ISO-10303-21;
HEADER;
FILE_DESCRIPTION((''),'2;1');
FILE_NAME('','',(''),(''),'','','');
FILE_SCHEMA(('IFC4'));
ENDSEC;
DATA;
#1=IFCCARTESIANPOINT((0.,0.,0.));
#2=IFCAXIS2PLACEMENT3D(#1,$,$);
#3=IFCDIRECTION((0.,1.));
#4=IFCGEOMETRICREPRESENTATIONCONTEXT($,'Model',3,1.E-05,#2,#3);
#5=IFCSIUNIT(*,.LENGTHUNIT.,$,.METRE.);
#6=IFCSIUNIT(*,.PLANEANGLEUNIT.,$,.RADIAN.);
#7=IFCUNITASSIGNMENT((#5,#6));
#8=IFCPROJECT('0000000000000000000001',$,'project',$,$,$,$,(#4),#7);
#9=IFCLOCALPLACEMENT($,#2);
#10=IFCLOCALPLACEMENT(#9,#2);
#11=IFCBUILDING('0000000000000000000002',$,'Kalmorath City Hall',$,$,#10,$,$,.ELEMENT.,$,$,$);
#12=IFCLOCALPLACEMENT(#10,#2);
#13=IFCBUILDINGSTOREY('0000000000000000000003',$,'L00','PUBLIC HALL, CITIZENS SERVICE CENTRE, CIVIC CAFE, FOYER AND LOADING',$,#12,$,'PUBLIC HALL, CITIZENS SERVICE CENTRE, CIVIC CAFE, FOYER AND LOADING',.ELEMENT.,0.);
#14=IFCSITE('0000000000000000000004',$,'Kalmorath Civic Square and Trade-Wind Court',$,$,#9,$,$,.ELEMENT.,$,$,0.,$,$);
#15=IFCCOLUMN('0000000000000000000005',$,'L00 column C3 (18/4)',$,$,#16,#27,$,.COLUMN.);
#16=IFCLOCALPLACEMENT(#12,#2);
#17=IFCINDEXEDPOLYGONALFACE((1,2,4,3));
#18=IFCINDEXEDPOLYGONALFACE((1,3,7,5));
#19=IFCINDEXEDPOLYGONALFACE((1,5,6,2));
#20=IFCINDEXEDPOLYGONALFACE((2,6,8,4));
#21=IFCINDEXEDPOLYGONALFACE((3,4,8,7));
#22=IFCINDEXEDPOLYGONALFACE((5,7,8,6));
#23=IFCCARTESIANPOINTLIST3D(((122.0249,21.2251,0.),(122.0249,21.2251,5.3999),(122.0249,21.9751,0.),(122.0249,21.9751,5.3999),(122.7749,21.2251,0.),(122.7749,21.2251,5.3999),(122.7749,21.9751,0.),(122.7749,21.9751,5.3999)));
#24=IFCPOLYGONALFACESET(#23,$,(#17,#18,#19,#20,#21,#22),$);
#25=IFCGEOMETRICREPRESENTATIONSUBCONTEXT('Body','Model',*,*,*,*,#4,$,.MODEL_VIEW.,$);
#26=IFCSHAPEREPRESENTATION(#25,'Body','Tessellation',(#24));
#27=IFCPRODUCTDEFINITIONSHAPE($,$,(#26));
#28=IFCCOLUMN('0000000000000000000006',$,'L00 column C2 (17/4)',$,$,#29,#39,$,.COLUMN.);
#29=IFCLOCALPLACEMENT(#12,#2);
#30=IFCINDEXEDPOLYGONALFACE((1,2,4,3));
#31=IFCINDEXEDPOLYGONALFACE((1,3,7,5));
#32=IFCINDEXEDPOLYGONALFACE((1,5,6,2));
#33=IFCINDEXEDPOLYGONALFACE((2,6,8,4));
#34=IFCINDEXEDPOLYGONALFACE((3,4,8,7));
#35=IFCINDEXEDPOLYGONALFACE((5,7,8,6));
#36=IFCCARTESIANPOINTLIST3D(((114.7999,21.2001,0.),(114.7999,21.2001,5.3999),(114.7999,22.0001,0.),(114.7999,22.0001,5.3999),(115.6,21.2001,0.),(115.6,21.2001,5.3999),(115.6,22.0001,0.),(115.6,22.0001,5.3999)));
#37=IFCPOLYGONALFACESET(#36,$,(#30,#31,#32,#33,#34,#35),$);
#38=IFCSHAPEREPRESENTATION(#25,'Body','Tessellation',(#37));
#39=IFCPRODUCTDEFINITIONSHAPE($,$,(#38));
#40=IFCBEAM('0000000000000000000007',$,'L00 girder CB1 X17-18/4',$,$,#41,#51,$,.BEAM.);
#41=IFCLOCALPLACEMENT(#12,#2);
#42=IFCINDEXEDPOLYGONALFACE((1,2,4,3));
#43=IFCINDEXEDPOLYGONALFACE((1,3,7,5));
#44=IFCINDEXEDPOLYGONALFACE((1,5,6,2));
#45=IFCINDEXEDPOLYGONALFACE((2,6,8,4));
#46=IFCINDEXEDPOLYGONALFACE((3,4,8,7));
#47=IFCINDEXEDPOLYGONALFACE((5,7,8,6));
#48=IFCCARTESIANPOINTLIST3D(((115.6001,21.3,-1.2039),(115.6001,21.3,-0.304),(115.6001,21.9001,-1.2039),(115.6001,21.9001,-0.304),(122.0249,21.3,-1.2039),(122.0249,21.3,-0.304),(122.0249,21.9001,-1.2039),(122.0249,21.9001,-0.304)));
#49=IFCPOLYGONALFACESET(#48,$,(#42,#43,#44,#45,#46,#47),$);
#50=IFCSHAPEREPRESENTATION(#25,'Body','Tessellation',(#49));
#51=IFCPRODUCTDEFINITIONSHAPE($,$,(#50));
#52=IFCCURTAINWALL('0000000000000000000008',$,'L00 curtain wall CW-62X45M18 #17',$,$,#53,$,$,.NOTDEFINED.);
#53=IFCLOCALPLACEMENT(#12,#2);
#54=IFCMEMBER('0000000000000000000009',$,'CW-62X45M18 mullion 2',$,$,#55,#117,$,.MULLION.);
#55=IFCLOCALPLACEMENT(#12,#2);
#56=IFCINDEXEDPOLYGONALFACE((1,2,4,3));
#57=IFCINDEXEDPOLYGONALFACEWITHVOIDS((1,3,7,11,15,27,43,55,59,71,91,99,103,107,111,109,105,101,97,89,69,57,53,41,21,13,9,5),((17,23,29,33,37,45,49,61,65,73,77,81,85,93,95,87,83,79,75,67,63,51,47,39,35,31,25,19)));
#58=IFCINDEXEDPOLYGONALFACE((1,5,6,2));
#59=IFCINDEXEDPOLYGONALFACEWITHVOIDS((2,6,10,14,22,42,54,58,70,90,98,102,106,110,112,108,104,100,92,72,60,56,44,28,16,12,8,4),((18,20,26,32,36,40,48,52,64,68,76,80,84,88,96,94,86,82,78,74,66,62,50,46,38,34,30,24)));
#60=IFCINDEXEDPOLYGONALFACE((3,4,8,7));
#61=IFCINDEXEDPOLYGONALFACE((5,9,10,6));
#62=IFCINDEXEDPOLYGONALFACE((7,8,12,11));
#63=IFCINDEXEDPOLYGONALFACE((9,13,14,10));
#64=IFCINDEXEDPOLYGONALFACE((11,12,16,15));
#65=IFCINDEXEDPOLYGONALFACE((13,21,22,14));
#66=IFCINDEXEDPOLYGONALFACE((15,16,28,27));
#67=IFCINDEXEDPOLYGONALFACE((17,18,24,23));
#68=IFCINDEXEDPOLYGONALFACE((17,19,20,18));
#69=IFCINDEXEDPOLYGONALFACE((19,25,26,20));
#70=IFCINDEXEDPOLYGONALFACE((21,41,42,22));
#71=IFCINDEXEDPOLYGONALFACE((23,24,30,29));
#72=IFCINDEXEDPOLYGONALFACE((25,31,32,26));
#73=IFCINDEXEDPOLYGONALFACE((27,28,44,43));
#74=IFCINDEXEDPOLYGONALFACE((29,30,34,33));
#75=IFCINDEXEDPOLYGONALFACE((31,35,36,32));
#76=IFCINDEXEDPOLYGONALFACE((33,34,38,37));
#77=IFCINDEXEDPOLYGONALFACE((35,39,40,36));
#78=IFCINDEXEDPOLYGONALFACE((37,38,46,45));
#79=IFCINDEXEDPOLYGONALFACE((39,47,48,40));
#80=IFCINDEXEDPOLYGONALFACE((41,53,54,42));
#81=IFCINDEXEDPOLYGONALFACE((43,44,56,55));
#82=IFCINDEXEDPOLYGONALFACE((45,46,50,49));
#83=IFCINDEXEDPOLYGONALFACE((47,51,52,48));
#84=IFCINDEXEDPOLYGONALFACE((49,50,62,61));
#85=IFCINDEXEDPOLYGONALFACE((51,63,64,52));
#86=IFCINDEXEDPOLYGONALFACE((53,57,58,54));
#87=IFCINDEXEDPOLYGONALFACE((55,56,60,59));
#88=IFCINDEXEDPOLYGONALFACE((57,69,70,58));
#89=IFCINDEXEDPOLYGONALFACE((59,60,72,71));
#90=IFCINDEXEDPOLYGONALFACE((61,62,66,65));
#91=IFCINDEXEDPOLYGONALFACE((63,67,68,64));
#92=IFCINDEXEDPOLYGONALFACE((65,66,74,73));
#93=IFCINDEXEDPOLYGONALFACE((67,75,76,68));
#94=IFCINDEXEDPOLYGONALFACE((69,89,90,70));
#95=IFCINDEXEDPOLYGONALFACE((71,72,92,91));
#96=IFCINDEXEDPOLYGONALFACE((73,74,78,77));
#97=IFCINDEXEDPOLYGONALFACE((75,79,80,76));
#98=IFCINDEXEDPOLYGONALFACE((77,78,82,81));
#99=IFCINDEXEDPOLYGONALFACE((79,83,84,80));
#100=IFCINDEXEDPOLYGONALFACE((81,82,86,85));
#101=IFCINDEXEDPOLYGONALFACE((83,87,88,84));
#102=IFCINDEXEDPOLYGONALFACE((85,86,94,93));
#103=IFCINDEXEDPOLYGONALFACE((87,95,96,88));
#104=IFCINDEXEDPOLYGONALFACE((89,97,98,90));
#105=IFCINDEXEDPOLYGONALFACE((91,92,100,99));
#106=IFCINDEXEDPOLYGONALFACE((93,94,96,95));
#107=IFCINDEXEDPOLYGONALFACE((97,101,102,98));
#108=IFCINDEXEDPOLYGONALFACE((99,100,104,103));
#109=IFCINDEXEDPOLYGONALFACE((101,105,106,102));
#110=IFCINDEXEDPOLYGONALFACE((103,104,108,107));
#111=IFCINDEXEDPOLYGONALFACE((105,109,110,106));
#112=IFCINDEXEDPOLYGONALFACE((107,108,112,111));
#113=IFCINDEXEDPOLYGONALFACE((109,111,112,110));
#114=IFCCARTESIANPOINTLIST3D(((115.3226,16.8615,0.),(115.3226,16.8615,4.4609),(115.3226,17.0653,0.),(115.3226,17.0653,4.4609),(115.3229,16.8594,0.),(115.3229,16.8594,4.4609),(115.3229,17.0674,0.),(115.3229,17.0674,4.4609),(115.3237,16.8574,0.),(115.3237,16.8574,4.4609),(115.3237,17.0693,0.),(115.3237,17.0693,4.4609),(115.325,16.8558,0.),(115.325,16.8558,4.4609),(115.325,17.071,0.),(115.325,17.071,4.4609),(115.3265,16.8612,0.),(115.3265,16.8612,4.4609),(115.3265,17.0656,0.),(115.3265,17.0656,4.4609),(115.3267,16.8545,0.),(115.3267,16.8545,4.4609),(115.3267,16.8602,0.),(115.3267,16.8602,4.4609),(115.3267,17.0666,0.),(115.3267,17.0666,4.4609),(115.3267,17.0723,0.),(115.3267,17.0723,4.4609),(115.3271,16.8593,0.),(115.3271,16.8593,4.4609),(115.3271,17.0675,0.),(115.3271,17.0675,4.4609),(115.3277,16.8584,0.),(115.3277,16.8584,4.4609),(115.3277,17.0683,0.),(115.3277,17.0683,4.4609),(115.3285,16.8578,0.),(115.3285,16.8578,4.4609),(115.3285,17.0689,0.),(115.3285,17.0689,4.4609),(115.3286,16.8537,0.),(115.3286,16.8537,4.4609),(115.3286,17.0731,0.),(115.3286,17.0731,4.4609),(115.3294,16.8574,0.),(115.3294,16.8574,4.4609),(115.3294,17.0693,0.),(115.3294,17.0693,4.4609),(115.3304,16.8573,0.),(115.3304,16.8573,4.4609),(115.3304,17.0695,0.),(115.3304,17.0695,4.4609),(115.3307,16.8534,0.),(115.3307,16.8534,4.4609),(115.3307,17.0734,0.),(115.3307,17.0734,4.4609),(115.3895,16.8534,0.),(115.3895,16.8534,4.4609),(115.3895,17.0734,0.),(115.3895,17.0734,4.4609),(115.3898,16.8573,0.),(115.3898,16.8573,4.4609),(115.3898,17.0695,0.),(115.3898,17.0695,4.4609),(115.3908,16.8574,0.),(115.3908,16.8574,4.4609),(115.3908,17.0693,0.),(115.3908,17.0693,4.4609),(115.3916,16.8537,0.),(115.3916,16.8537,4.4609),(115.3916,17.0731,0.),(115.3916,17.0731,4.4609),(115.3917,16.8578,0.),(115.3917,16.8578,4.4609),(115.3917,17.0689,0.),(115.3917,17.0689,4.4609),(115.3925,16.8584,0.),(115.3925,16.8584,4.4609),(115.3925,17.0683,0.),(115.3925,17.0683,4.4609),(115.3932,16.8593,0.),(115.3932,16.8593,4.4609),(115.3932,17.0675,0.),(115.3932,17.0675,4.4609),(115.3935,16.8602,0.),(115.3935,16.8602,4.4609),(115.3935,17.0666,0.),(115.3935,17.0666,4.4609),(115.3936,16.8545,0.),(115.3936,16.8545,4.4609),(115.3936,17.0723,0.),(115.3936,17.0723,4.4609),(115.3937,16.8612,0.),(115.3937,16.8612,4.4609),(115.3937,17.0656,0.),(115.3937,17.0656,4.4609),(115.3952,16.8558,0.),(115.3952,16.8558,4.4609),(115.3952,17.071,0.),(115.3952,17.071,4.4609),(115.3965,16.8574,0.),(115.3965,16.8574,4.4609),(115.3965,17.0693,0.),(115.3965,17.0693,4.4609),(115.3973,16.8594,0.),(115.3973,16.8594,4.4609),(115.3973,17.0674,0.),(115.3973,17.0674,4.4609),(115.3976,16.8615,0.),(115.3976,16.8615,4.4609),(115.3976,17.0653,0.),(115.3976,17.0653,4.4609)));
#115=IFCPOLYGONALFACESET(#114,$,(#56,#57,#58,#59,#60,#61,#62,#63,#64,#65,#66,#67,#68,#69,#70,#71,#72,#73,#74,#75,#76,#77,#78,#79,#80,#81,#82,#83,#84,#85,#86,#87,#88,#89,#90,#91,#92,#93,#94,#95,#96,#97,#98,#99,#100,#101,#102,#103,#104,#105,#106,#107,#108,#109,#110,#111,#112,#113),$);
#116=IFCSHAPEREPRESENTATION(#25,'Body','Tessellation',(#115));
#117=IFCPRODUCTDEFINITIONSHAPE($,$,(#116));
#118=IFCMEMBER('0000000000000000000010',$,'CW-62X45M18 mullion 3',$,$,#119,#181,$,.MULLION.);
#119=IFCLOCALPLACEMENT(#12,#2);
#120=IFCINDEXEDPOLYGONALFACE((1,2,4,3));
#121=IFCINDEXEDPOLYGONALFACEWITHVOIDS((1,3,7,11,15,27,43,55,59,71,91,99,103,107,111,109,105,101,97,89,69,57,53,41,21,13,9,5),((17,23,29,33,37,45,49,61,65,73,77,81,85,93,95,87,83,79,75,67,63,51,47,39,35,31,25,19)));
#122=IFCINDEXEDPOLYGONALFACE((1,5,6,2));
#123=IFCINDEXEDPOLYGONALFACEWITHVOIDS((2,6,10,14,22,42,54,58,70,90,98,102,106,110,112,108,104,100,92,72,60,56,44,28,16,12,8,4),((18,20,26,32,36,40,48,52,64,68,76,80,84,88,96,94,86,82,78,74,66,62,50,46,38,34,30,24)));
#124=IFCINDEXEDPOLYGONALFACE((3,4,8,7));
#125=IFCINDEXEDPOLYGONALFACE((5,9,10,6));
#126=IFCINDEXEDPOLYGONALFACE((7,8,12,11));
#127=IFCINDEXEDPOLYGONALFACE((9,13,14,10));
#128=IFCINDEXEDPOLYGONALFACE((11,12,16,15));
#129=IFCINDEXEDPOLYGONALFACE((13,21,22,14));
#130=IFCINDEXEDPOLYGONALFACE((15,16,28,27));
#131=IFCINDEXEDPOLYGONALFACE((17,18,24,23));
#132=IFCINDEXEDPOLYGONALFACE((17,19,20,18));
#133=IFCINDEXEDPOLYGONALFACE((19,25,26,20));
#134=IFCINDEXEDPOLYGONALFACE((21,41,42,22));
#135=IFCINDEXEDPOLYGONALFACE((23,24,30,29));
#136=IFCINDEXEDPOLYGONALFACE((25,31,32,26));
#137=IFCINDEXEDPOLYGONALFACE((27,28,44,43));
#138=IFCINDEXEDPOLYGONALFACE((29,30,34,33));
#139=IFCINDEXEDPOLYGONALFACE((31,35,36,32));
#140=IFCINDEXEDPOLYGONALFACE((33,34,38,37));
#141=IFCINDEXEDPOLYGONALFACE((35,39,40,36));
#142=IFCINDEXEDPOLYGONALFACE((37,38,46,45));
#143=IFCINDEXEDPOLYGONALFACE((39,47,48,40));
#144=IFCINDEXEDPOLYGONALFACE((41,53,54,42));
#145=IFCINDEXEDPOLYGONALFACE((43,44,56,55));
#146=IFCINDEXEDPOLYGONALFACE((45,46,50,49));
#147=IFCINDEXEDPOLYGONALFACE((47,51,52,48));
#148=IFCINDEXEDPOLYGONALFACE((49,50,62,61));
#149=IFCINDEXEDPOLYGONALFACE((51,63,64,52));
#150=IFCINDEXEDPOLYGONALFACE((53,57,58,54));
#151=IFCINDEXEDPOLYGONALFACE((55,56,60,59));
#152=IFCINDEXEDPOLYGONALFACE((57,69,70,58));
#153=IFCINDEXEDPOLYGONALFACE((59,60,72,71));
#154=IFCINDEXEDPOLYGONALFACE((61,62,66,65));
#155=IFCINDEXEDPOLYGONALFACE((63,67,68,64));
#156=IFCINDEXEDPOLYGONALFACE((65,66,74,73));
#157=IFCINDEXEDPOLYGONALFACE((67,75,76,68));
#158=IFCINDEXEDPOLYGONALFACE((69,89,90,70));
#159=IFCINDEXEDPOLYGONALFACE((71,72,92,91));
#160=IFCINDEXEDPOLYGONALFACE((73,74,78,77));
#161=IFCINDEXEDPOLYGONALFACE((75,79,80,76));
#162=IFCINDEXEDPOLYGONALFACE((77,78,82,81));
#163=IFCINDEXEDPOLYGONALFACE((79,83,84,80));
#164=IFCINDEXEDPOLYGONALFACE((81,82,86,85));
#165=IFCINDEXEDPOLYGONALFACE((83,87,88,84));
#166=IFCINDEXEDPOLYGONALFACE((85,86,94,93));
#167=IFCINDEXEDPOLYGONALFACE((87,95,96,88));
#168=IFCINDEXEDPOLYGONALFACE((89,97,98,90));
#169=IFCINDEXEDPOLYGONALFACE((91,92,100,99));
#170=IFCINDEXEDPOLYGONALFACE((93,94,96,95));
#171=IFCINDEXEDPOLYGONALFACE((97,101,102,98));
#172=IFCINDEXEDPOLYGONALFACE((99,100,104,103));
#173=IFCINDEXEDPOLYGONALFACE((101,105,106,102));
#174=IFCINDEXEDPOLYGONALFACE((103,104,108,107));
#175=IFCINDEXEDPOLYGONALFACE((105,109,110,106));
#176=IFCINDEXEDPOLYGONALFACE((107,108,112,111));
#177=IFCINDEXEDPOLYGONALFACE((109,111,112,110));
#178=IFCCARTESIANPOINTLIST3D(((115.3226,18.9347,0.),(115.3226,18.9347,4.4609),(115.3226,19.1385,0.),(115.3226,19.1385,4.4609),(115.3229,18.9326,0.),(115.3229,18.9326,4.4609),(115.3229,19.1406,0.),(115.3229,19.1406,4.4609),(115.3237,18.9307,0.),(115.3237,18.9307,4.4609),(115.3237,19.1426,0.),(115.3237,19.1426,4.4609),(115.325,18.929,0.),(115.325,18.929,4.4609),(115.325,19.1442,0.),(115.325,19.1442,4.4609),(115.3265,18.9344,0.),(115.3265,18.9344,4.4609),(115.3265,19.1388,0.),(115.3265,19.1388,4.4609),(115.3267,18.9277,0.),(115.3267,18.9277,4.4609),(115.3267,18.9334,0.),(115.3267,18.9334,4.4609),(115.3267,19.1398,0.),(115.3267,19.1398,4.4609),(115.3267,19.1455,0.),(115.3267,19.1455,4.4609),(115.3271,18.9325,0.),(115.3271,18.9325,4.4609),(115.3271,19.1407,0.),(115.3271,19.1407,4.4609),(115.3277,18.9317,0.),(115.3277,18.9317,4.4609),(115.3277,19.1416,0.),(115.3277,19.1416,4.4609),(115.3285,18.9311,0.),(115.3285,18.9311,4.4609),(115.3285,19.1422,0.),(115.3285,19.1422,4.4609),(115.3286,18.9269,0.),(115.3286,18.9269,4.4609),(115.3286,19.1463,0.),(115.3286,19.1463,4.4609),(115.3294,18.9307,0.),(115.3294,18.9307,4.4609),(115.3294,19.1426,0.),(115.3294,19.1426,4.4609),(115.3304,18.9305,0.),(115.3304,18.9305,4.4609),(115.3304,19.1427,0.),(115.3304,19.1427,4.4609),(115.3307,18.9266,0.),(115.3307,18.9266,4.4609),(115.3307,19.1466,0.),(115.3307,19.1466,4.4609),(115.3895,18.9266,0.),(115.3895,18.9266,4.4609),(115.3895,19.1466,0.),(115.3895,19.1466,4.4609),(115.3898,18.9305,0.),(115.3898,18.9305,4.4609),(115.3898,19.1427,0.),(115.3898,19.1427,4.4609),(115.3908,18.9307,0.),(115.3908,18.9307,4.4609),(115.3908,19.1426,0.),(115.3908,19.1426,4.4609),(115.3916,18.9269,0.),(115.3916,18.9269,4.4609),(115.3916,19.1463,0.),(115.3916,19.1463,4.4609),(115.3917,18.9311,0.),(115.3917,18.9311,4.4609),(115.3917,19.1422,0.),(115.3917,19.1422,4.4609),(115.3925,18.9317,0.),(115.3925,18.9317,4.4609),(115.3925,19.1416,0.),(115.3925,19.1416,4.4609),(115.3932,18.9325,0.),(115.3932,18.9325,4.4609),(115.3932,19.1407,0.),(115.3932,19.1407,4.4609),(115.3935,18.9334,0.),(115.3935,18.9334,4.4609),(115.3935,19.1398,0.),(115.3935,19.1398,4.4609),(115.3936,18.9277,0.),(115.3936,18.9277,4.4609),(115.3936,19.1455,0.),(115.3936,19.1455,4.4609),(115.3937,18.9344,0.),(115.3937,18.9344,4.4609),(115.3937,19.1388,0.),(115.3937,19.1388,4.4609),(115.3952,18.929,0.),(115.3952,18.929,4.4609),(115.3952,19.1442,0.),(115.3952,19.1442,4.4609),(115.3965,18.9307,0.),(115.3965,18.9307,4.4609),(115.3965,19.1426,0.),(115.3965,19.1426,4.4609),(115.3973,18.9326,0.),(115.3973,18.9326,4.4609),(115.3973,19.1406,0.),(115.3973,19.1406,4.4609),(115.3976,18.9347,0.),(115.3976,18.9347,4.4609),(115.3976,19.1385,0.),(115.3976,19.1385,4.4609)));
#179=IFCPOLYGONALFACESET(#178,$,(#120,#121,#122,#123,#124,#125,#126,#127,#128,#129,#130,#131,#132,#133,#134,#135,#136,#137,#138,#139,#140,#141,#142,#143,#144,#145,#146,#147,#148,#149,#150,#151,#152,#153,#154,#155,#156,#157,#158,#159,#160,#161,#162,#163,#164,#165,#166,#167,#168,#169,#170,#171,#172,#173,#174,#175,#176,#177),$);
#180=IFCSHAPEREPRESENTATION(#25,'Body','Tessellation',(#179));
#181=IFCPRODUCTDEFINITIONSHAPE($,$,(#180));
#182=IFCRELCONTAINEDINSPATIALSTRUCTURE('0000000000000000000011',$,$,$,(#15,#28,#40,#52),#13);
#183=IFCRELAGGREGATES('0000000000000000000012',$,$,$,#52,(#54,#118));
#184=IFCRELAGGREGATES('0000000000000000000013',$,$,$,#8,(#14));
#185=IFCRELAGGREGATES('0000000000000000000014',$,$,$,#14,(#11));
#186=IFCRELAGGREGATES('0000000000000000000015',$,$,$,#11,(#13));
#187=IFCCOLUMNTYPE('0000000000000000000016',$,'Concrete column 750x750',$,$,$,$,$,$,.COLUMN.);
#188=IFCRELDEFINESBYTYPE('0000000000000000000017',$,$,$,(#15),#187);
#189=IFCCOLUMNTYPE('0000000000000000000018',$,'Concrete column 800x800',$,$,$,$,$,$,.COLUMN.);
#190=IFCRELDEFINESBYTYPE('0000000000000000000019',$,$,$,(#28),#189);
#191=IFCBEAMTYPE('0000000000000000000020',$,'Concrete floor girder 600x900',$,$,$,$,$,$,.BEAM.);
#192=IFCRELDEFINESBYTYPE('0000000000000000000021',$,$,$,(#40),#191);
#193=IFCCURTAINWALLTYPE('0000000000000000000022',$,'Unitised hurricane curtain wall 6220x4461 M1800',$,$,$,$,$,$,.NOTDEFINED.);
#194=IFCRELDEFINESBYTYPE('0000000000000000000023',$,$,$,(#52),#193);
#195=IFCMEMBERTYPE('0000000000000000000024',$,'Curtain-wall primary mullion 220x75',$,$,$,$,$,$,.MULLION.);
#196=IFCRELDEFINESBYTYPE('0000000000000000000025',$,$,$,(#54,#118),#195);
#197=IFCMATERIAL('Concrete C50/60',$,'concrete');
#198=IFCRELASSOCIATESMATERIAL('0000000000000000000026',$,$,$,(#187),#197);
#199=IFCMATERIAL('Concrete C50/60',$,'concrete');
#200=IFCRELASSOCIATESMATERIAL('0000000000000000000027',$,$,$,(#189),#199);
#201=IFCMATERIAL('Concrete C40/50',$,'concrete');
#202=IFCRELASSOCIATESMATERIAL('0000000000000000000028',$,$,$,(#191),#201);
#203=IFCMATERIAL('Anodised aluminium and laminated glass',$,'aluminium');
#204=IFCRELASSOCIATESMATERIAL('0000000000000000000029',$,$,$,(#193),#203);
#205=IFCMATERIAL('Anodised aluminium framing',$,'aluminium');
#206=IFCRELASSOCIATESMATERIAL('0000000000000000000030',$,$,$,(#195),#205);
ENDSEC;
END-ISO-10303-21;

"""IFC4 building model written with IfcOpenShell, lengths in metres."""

from ifc_helpers import new_model, si_unit, direction, frame, origin, origin_2d, place, context, subcontext, project, spatial, rectangle, hollow_rectangle, extrude, material, material_profile, profile_set, type_object, element, aggregate, save


model = new_model("IFC4")

# Units and contexts
model_context = context("Model", 3, precision=1e-05, world=origin(), true_north=direction((0.0, 1.0)))
body_context = subcontext(model_context, "Body", "Model", "MODEL_VIEW")
ifc_project = project(units=[si_unit("LENGTHUNIT", "METRE"), si_unit("PLANEANGLEUNIT", "RADIAN")], contexts=[model_context])

# Site, building, storey
site_placement = place(None, origin())
site = spatial("IfcSite", under=ifc_project, at=site_placement, Name="Kalmorath Civic Square and Trade-Wind Court", CompositionType="ELEMENT", RefElevation=0.0)
building_placement = place(site_placement, origin())
building = spatial("IfcBuilding", under=site, at=building_placement, Name="Kalmorath City Hall", CompositionType="ELEMENT")
storey_placement = place(building_placement, origin())
storey = spatial("IfcBuildingStorey", under=building, at=storey_placement, Name="L00", Description="PUBLIC HALL, CITIZENS SERVICE CENTRE, CIVIC CAFE, FOYER AND LOADING", LongName="PUBLIC HALL, CITIZENS SERVICE CENTRE, CIVIC CAFE, FOYER AND LOADING", CompositionType="ELEMENT", Elevation=0.0)

# Columns
ifc_material_1 = material(Name="Concrete C50/60", Category="concrete")
ifc_material_profile_1 = material_profile(ifc_material_1, rectangle(XDim=0.75, YDim=0.75, at=origin_2d()), Name="RC-COL-750X750")
ifc_profile_set_1 = profile_set([ifc_material_profile_1], Name="Concrete C50/60")
column_type_1 = type_object("IfcColumnType", Name="Concrete column 750x750", PredefinedType="COLUMN", material=ifc_profile_set_1)
column_1_placement = place(storey_placement, frame((122.3999, 21.6001, 0.0), z_axis=(0.0, 0.0, 1.0), x_axis=(1.0, 0.0, 0.0)))
element("IfcColumn", 1, at=column_1_placement, inside=storey, type_object=column_type_1, Name="L00 column C3 (18/4)", PredefinedType="COLUMN", context=body_context, shape_type="SweptSolid", body=[
    extrude(rectangle(XDim=0.75, YDim=0.75, at=origin_2d()), origin(), (0.0, 0.0, 1.0), 5.3999),
])
ifc_material_2 = material(Name="Concrete C50/60", Category="concrete")
ifc_material_profile_2 = material_profile(ifc_material_2, rectangle(XDim=0.8, YDim=0.8, at=origin_2d()), Name="RC-COL-800X800")
ifc_profile_set_2 = profile_set([ifc_material_profile_2], Name="Concrete C50/60")
column_type_2 = type_object("IfcColumnType", Name="Concrete column 800x800", PredefinedType="COLUMN", material=ifc_profile_set_2)
column_2_placement = place(storey_placement, frame((115.2, 21.6001, 0.0), z_axis=(0.0, 0.0, 1.0), x_axis=(1.0, 0.0, 0.0)))
element("IfcColumn", 2, at=column_2_placement, inside=storey, type_object=column_type_2, Name="L00 column C2 (17/4)", PredefinedType="COLUMN", context=body_context, shape_type="SweptSolid", body=[
    extrude(rectangle(XDim=0.8, YDim=0.8, at=origin_2d()), origin(), (0.0, 0.0, 1.0), 5.3999),
])

# Beam
ifc_material_3 = material(Name="Concrete C40/50", Category="concrete")
ifc_material_profile_3 = material_profile(ifc_material_3, rectangle(XDim=0.6001, YDim=0.8999, at=origin_2d()), Name="RC-BM-600X900")
ifc_profile_set_3 = profile_set([ifc_material_profile_3], Name="Concrete C40/50")
beam_type_1 = type_object("IfcBeamType", Name="Concrete floor girder 600x900", PredefinedType="BEAM", material=ifc_profile_set_3)
beam_placement = place(storey_placement, frame((115.6001, 21.6001, -0.7539), z_axis=(1.0, 0.0, 0.0), x_axis=(0.0, 1.0, 0.0)))
element("IfcBeam", 3, at=beam_placement, inside=storey, type_object=beam_type_1, Name="L00 girder CB1 X17-18/4", PredefinedType="BEAM", context=body_context, shape_type="SweptSolid", body=[
    extrude(rectangle(XDim=0.6001, YDim=0.8999, at=origin_2d()), origin(), (0.0, 0.0, 1.0), 6.4248),
])

# Curtain wall, members
ifc_material_4 = material(Name="Anodised aluminium and laminated glass", Category="aluminium")
curtain_wall_type = type_object("IfcCurtainWallType", Name="Unitised hurricane curtain wall 6220x4461 M1800", PredefinedType="NOTDEFINED", material=ifc_material_4)
curtain_wall_placement = place(storey_placement, origin())
curtain_wall = element("IfcCurtainWall", 4, at=curtain_wall_placement, inside=storey, type_object=curtain_wall_type, Name="L00 curtain wall CW-62X45M18 #17", PredefinedType="NOTDEFINED")
ifc_material_5 = material(Name="Anodised aluminium framing", Category="aluminium")
ifc_material_profile_4 = material_profile(ifc_material_5, hollow_rectangle(XDim=0.075, YDim=0.22, WallThickness=0.0039, InnerFilletRadius=0.0039, OuterFilletRadius=0.0081, at=origin_2d()), Name="ALU-MUL-220X75X4")
ifc_profile_set_4 = profile_set([ifc_material_profile_4], Name="Anodised aluminium framing")
member_type_1 = type_object("IfcMemberType", Name="Curtain-wall primary mullion 220x75", PredefinedType="MULLION", material=ifc_profile_set_4)
member_1_placement = place(storey_placement, frame((115.3601, 16.9634, 0.0), z_axis=(0.0, 0.0, 1.0), x_axis=(-1.0, 0.0, 0.0)))
member_1 = element("IfcMember", 5, at=member_1_placement, type_object=member_type_1, Name="CW-62X45M18 mullion 2", PredefinedType="MULLION", context=body_context, shape_type="SweptSolid", body=[
    extrude(hollow_rectangle(XDim=0.075, YDim=0.22, WallThickness=0.0039, InnerFilletRadius=0.0039, OuterFilletRadius=0.0081, at=origin_2d()), origin(), (0.0, 0.0, 1.0), 4.4609),
])
member_2_placement = place(storey_placement, frame((115.3601, 19.0366, 0.0), z_axis=(0.0, 0.0, 1.0), x_axis=(-1.0, 0.0, 0.0)))
member_2 = element("IfcMember", 6, at=member_2_placement, type_object=member_type_1, Name="CW-62X45M18 mullion 3", PredefinedType="MULLION", context=body_context, shape_type="SweptSolid", body=[
    extrude(hollow_rectangle(XDim=0.075, YDim=0.22, WallThickness=0.0039, InnerFilletRadius=0.0039, OuterFilletRadius=0.0081, at=origin_2d()), origin(), (0.0, 0.0, 1.0), 4.4609),
])

aggregate(curtain_wall, [member_1, member_2])

save(model, "model.ifc")
